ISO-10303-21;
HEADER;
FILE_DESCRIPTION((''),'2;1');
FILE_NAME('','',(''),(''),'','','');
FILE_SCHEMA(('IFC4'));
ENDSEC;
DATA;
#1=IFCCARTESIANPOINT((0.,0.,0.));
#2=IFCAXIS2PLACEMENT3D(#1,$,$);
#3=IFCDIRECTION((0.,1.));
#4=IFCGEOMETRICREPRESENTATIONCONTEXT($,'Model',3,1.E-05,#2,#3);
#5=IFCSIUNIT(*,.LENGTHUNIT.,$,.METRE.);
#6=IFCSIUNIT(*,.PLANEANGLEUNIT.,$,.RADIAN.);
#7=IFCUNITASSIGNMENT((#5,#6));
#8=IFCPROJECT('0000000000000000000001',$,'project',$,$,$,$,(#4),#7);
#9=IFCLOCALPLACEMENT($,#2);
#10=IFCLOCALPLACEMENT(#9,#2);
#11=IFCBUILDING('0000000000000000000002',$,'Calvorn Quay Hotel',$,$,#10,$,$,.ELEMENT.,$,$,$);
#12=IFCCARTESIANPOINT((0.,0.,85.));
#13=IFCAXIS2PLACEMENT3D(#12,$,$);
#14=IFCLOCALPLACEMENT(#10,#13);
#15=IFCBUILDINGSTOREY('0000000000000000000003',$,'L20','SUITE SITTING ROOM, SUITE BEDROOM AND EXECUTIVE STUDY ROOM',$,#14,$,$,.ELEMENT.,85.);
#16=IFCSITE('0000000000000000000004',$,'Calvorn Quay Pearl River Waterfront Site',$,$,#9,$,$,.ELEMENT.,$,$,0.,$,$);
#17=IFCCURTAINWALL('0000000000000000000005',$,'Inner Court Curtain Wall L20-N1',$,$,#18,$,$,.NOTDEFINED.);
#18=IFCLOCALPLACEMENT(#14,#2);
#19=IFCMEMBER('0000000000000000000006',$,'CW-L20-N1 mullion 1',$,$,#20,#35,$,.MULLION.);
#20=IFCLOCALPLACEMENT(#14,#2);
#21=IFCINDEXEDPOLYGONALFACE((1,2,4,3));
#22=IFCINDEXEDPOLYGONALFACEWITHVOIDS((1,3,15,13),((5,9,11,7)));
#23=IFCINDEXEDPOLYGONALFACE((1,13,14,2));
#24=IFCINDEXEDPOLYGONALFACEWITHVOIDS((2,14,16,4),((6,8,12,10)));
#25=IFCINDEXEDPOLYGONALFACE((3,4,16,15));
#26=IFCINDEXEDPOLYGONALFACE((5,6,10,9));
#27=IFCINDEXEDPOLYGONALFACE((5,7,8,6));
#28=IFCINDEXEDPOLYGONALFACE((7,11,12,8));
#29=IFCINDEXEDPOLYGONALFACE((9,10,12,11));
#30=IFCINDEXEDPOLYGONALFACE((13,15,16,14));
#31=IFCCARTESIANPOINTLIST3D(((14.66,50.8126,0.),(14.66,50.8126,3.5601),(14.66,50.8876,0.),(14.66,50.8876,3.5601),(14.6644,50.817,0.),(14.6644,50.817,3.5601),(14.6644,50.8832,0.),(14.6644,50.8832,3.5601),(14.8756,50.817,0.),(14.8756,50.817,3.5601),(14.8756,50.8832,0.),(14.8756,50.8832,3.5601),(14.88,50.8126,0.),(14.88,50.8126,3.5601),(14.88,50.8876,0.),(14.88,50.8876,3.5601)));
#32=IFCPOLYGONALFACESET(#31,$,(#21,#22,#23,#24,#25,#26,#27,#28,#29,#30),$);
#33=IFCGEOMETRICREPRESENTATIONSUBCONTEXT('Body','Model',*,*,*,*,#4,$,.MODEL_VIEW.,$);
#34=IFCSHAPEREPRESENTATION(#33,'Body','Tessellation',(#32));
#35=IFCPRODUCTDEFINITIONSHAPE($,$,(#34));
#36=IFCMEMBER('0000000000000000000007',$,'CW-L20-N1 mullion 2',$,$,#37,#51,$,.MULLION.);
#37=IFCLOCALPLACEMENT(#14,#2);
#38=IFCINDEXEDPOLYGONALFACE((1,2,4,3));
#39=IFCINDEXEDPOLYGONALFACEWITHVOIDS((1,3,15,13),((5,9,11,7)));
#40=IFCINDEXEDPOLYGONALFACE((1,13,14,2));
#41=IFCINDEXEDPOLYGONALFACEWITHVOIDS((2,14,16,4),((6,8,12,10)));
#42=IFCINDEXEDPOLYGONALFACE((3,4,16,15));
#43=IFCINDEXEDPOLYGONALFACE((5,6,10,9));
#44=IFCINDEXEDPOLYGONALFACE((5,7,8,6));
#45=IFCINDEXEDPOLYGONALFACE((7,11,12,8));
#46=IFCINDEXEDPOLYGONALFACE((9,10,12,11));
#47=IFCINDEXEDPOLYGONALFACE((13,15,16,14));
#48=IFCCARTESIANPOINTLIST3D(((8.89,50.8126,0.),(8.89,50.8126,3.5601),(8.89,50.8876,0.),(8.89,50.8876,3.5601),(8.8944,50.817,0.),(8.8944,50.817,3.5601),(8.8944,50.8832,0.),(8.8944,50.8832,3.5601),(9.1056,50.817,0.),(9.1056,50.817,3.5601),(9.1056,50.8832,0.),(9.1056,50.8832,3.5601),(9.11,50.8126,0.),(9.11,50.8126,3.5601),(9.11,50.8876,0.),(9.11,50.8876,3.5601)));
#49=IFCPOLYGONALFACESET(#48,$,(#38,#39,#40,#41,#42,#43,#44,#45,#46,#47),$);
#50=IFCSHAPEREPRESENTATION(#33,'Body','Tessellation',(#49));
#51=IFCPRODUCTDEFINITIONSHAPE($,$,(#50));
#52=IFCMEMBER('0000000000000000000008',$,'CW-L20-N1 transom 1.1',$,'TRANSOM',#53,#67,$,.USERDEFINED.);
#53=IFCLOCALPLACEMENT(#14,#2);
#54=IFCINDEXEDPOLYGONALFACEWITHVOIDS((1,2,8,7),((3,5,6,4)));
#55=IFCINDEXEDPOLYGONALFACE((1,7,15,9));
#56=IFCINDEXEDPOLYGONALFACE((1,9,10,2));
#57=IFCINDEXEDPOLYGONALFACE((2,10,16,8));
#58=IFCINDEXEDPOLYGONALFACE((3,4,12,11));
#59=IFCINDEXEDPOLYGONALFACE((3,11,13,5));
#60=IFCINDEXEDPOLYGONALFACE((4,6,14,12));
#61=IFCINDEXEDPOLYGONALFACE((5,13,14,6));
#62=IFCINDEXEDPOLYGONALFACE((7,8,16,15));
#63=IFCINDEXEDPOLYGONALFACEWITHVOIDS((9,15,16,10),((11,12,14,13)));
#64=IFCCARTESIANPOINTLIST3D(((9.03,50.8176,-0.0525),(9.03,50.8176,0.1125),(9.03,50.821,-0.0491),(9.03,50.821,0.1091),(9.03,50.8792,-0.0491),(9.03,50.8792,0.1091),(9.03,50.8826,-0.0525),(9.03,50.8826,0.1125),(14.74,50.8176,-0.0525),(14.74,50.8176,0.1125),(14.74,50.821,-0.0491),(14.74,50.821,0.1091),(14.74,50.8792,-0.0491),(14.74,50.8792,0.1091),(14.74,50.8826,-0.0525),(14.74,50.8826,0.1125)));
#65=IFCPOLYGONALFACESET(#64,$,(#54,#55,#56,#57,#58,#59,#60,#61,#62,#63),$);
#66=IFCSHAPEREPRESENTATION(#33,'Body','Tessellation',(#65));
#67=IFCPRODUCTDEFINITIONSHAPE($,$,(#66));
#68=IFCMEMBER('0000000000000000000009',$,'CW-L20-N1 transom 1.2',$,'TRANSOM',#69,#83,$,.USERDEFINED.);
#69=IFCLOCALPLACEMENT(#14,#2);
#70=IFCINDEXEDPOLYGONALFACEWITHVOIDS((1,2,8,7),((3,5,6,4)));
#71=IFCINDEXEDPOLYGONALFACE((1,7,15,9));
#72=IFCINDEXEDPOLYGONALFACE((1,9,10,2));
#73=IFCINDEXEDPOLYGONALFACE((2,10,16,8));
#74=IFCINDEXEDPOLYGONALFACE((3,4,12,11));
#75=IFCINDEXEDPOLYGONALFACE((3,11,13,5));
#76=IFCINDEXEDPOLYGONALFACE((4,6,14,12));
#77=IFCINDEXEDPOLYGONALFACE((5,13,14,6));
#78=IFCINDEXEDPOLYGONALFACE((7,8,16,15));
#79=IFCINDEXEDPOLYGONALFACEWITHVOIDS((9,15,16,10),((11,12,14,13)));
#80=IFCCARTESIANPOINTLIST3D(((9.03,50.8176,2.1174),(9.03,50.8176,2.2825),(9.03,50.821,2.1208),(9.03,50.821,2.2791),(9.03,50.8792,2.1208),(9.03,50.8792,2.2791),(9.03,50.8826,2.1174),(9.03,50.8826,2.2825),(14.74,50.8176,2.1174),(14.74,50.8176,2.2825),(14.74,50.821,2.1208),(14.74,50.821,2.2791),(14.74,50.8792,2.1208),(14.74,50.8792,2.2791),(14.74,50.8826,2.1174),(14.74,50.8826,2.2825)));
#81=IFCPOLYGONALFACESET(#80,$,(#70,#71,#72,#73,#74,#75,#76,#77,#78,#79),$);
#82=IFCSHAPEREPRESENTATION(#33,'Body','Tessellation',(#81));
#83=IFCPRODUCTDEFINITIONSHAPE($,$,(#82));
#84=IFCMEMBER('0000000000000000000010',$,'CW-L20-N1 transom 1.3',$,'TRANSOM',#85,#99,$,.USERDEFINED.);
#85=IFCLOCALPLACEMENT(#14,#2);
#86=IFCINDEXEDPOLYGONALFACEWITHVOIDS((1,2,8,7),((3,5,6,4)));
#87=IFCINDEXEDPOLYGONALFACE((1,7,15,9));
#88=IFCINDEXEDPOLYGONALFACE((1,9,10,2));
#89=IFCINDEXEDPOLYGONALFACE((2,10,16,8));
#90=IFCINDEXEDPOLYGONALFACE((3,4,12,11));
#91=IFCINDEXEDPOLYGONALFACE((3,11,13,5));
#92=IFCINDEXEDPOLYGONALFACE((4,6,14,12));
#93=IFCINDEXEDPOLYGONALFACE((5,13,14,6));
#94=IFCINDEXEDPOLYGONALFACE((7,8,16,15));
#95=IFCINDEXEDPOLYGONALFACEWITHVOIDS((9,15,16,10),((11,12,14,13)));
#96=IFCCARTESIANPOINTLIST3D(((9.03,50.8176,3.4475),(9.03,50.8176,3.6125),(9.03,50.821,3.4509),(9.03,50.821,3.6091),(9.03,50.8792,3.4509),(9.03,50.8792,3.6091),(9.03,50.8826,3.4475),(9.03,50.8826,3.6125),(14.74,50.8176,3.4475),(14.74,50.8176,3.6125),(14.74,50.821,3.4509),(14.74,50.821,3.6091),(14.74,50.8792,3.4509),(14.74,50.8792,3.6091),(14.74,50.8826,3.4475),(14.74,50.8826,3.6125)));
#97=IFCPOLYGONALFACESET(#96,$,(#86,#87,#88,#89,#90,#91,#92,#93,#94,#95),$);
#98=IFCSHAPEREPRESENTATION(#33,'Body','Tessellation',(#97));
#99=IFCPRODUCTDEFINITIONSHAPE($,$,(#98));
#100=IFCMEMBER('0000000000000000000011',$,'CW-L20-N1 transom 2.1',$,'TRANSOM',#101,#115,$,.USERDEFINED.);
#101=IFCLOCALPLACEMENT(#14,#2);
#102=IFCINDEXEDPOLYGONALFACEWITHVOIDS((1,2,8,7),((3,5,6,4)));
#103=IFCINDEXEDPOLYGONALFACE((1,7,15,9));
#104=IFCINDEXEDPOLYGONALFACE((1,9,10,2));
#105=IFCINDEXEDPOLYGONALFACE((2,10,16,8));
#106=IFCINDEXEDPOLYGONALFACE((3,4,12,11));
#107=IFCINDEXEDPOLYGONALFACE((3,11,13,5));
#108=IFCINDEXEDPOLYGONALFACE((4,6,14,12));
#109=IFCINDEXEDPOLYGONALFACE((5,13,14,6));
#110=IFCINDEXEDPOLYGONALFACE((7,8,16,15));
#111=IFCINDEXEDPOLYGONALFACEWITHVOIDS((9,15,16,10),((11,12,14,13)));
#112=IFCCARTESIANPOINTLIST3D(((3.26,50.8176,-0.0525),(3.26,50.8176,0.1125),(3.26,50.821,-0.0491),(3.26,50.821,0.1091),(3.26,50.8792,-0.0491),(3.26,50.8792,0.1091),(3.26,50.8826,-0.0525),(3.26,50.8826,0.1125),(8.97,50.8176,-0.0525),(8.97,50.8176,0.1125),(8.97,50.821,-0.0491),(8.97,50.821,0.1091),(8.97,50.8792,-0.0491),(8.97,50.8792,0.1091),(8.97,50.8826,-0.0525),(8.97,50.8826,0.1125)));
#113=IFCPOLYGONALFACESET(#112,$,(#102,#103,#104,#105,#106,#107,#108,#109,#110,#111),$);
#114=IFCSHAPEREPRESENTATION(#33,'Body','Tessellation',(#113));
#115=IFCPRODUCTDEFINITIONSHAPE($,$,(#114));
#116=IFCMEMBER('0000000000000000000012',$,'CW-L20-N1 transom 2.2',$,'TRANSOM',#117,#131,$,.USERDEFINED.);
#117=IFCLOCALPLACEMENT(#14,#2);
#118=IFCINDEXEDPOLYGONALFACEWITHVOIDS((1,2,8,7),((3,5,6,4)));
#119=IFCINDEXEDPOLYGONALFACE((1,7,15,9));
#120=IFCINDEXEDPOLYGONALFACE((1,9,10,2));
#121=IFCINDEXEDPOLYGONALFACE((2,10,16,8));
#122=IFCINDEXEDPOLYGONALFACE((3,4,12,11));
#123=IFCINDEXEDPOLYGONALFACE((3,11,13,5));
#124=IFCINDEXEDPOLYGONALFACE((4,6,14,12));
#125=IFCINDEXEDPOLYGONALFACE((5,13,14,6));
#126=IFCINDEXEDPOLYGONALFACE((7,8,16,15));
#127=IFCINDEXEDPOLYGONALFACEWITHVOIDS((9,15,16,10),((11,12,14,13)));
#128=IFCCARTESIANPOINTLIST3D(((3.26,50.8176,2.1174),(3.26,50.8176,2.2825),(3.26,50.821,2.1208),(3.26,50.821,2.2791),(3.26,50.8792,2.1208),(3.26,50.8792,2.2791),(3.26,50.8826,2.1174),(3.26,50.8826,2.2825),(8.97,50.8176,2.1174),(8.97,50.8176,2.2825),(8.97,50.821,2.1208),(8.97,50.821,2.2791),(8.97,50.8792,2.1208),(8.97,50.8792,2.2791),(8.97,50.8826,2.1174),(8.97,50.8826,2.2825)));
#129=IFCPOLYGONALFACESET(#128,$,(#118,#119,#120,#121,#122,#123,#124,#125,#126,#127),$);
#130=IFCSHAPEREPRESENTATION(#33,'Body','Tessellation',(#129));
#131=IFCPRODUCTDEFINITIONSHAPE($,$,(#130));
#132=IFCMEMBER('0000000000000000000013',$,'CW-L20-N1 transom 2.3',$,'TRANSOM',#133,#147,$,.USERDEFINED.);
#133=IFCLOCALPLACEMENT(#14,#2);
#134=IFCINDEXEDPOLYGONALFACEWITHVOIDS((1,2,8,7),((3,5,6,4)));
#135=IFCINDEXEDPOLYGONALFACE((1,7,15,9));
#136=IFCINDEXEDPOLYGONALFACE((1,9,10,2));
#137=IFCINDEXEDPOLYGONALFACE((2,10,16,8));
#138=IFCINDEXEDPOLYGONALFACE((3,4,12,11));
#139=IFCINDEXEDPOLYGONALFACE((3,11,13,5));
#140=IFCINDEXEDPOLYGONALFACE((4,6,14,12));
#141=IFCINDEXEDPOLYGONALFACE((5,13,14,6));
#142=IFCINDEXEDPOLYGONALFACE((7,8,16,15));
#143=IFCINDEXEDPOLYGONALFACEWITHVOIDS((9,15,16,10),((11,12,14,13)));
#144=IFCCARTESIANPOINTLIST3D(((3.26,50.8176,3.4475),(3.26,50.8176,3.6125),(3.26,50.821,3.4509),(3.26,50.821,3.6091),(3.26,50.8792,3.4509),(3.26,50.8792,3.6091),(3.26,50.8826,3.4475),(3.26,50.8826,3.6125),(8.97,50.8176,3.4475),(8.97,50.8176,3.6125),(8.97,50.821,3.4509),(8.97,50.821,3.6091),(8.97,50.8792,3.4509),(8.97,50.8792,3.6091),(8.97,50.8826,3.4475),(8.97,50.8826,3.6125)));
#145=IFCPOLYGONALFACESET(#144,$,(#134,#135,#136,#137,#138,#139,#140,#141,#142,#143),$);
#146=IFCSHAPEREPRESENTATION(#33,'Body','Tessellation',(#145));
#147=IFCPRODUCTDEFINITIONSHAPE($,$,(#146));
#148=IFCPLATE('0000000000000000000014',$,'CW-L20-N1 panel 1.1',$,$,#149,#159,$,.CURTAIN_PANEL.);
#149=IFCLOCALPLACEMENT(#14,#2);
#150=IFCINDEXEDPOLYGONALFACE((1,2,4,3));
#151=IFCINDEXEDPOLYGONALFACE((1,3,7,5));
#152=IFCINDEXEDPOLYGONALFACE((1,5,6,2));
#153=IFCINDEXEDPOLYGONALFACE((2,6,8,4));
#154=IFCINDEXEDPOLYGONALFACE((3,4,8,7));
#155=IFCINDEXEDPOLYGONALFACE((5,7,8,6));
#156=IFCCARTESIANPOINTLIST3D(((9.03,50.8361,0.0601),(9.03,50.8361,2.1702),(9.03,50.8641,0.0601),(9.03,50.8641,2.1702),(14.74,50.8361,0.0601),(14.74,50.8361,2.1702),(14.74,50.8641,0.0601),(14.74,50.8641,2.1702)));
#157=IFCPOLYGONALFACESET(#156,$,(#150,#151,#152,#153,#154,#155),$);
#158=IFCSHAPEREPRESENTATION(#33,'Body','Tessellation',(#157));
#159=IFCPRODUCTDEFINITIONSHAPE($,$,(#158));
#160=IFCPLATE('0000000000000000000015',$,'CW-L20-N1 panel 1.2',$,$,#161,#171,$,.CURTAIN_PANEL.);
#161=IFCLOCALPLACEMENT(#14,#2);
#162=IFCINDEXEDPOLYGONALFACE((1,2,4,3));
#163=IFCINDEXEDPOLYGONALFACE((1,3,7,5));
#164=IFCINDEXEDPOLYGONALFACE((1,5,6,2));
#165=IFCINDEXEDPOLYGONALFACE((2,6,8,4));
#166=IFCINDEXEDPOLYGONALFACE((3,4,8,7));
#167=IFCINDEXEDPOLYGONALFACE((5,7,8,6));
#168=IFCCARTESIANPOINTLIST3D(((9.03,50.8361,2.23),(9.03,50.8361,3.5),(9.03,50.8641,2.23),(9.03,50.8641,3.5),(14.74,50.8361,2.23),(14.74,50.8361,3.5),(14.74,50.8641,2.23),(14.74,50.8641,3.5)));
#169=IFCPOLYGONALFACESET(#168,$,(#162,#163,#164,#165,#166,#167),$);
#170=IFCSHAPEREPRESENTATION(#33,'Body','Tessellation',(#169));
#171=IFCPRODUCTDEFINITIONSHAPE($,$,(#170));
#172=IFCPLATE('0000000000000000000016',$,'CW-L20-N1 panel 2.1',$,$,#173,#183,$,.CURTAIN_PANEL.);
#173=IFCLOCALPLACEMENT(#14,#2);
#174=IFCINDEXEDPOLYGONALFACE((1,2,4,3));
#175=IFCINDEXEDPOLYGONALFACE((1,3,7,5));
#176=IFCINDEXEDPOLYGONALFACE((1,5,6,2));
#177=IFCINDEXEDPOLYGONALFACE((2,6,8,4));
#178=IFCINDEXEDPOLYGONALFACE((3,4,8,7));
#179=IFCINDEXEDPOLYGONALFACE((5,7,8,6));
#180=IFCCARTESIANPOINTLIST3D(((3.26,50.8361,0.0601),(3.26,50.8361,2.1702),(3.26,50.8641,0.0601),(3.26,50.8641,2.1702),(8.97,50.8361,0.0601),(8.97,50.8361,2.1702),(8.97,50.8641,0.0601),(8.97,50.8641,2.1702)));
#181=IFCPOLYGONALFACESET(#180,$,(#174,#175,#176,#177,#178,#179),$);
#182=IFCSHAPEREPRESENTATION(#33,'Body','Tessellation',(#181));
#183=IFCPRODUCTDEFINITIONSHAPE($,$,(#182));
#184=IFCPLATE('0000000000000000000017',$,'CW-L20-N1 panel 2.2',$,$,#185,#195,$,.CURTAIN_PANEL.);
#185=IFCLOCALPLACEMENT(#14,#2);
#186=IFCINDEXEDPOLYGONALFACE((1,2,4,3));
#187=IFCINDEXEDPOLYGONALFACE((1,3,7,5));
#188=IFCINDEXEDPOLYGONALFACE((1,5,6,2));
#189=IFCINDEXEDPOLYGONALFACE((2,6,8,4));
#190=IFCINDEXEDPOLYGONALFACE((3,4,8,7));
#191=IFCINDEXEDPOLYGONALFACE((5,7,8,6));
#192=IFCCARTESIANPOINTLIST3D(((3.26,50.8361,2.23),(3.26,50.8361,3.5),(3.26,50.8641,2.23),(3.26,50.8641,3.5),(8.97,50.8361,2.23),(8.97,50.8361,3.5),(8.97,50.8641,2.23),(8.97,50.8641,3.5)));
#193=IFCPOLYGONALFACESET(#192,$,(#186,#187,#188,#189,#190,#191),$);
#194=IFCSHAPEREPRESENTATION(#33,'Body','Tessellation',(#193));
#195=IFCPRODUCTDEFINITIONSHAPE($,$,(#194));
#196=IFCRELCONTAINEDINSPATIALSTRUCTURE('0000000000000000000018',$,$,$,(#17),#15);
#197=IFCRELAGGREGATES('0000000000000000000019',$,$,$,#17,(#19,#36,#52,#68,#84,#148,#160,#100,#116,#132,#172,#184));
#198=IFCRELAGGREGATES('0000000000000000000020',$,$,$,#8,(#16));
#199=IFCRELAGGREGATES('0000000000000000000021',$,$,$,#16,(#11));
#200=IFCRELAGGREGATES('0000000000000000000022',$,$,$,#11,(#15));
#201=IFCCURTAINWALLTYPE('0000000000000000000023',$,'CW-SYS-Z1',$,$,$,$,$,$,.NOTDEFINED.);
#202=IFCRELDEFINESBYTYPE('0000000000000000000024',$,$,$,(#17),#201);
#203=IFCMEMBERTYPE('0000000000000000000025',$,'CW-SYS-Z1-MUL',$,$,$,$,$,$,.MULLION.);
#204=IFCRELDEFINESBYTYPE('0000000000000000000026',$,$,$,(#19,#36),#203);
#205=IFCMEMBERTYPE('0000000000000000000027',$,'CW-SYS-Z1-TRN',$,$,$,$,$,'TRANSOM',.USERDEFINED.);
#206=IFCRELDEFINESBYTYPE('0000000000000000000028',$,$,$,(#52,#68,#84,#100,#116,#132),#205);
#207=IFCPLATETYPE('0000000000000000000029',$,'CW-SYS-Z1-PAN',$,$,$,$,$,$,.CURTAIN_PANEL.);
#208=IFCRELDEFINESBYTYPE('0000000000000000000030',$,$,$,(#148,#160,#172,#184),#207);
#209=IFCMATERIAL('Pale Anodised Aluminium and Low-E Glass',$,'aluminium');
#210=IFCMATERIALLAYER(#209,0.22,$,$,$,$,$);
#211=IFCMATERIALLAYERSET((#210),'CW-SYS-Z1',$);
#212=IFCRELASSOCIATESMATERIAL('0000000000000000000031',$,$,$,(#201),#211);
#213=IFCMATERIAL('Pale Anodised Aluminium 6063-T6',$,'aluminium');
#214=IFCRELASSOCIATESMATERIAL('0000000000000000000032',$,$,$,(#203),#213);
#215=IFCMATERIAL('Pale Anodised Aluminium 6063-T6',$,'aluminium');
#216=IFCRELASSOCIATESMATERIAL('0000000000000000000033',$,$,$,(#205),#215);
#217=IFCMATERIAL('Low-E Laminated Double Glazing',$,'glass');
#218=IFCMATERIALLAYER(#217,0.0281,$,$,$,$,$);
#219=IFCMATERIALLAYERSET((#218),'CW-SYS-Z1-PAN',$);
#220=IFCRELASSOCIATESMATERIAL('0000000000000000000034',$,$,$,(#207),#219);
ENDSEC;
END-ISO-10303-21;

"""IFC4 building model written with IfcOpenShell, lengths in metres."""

from ifc_helpers import new_model, si_unit, direction, frame, origin, origin_2d, place, context, subcontext, project, spatial, rectangle, hollow_rectangle, extrude, material, layer, layer_set, material_profile, profile_set, type_object, element, aggregate, save


model = new_model("IFC4")

# Units and contexts
model_context = context("Model", 3, precision=1e-05, world=origin(), true_north=direction((0.0, 1.0)))
body_context = subcontext(model_context, "Body", "Model", "MODEL_VIEW")
ifc_project = project(units=[si_unit("LENGTHUNIT", "METRE"), si_unit("PLANEANGLEUNIT", "RADIAN")], contexts=[model_context])

# Site, building, storey
site_placement = place(None, origin())
site = spatial("IfcSite", under=ifc_project, at=site_placement, Name="Calvorn Quay Pearl River Waterfront Site", CompositionType="ELEMENT", RefElevation=0.0)
building_placement = place(site_placement, origin())
building = spatial("IfcBuilding", under=site, at=building_placement, Name="Calvorn Quay Hotel", CompositionType="ELEMENT")
storey_placement = place(building_placement, frame((0.0, 0.0, 85.0)))
storey = spatial("IfcBuildingStorey", under=building, at=storey_placement, Name="L20", Description="SUITE SITTING ROOM, SUITE BEDROOM AND EXECUTIVE STUDY ROOM", CompositionType="ELEMENT", Elevation=85.0)

# Curtain wall, members, plates
ifc_material_1 = material(Name="Pale Anodised Aluminium and Low-E Glass", Category="aluminium")
ifc_layer_1 = layer(ifc_material_1, 0.22)
ifc_layer_set_1 = layer_set([ifc_layer_1], Name="CW-SYS-Z1")
curtain_wall_type = type_object("IfcCurtainWallType", Name="CW-SYS-Z1", PredefinedType="NOTDEFINED", material=ifc_layer_set_1)
curtain_wall_placement = place(storey_placement, origin())
curtain_wall = element("IfcCurtainWall", 1, at=curtain_wall_placement, inside=storey, type_object=curtain_wall_type, Name="Inner Court Curtain Wall L20-N1", PredefinedType="NOTDEFINED")
ifc_material_2 = material(Name="Pale Anodised Aluminium 6063-T6", Category="aluminium")
ifc_material_profile_1 = material_profile(ifc_material_2, hollow_rectangle(XDim=0.075, YDim=0.22, WallThickness=0.0044, at=origin_2d()), Name="ALU-M220x75x4.5")
ifc_profile_set_1 = profile_set([ifc_material_profile_1], Name="Pale Anodised Aluminium 6063-T6")
member_type_1 = type_object("IfcMemberType", Name="CW-SYS-Z1-MUL", PredefinedType="MULLION", material=ifc_profile_set_1)
member_1_placement = place(storey_placement, frame((14.77, 50.8501, 0.0), z_axis=(0.0, 0.0, 1.0), x_axis=(0.0, -1.0, 0.0)))
member_1 = element("IfcMember", 2, at=member_1_placement, type_object=member_type_1, Name="CW-L20-N1 mullion 1", PredefinedType="MULLION", context=body_context, shape_type="SweptSolid", body=[
    extrude(hollow_rectangle(XDim=0.075, YDim=0.22, WallThickness=0.0044, at=origin_2d()), origin(), (0.0, 0.0, 1.0), 3.5601),
])
member_2_placement = place(storey_placement, frame((9.0, 50.8501, 0.0), z_axis=(0.0, 0.0, 1.0), x_axis=(0.0, -1.0, 0.0)))
member_2 = element("IfcMember", 3, at=member_2_placement, type_object=member_type_1, Name="CW-L20-N1 mullion 2", PredefinedType="MULLION", context=body_context, shape_type="SweptSolid", body=[
    extrude(hollow_rectangle(XDim=0.075, YDim=0.22, WallThickness=0.0044, at=origin_2d()), origin(), (0.0, 0.0, 1.0), 3.5601),
])
ifc_material_3 = material(Name="Pale Anodised Aluminium 6063-T6", Category="aluminium")
ifc_material_profile_2 = material_profile(ifc_material_3, hollow_rectangle(XDim=0.0649, YDim=0.165, WallThickness=0.0034, at=origin_2d()), Name="ALU-T165x65x3.5")
ifc_profile_set_2 = profile_set([ifc_material_profile_2], Name="Pale Anodised Aluminium 6063-T6")
member_type_2 = type_object("IfcMemberType", Name="CW-SYS-Z1-TRN", ElementType="TRANSOM", PredefinedType="USERDEFINED", material=ifc_profile_set_2)
member_3_placement = place(storey_placement, frame((14.74, 50.8501, 0.03), z_axis=(-1.0, 0.0, 0.0), x_axis=(0.0, -1.0, 0.0)))
member_3 = element("IfcMember", 4, at=member_3_placement, type_object=member_type_2, Name="CW-L20-N1 transom 1.1", ObjectType="TRANSOM", PredefinedType="USERDEFINED", context=body_context, shape_type="SweptSolid", body=[
    extrude(hollow_rectangle(XDim=0.0649, YDim=0.165, WallThickness=0.0034, at=origin_2d()), origin(), (0.0, 0.0, 1.0), 5.71),
])
member_4_placement = place(storey_placement, frame((14.74, 50.8501, 2.2), z_axis=(-1.0, 0.0, 0.0), x_axis=(0.0, -1.0, 0.0)))
member_4 = element("IfcMember", 5, at=member_4_placement, type_object=member_type_2, Name="CW-L20-N1 transom 1.2", ObjectType="TRANSOM", PredefinedType="USERDEFINED", context=body_context, shape_type="SweptSolid", body=[
    extrude(hollow_rectangle(XDim=0.0649, YDim=0.165, WallThickness=0.0034, at=origin_2d()), origin(), (0.0, 0.0, 1.0), 5.71),
])
member_5_placement = place(storey_placement, frame((14.74, 50.8501, 3.53), z_axis=(-1.0, 0.0, 0.0), x_axis=(0.0, -1.0, 0.0)))
member_5 = element("IfcMember", 6, at=member_5_placement, type_object=member_type_2, Name="CW-L20-N1 transom 1.3", ObjectType="TRANSOM", PredefinedType="USERDEFINED", context=body_context, shape_type="SweptSolid", body=[
    extrude(hollow_rectangle(XDim=0.0649, YDim=0.165, WallThickness=0.0034, at=origin_2d()), origin(), (0.0, 0.0, 1.0), 5.71),
])
member_6_placement = place(storey_placement, frame((8.97, 50.8501, 0.03), z_axis=(-1.0, 0.0, 0.0), x_axis=(0.0, -1.0, 0.0)))
member_6 = element("IfcMember", 7, at=member_6_placement, type_object=member_type_2, Name="CW-L20-N1 transom 2.1", ObjectType="TRANSOM", PredefinedType="USERDEFINED", context=body_context, shape_type="SweptSolid", body=[
    extrude(hollow_rectangle(XDim=0.0649, YDim=0.165, WallThickness=0.0034, at=origin_2d()), origin(), (0.0, 0.0, 1.0), 5.71),
])
member_7_placement = place(storey_placement, frame((8.97, 50.8501, 2.2), z_axis=(-1.0, 0.0, 0.0), x_axis=(0.0, -1.0, 0.0)))
member_7 = element("IfcMember", 8, at=member_7_placement, type_object=member_type_2, Name="CW-L20-N1 transom 2.2", ObjectType="TRANSOM", PredefinedType="USERDEFINED", context=body_context, shape_type="SweptSolid", body=[
    extrude(hollow_rectangle(XDim=0.0649, YDim=0.165, WallThickness=0.0034, at=origin_2d()), origin(), (0.0, 0.0, 1.0), 5.71),
])
member_8_placement = place(storey_placement, frame((8.97, 50.8501, 3.53), z_axis=(-1.0, 0.0, 0.0), x_axis=(0.0, -1.0, 0.0)))
member_8 = element("IfcMember", 9, at=member_8_placement, type_object=member_type_2, Name="CW-L20-N1 transom 2.3", ObjectType="TRANSOM", PredefinedType="USERDEFINED", context=body_context, shape_type="SweptSolid", body=[
    extrude(hollow_rectangle(XDim=0.0649, YDim=0.165, WallThickness=0.0034, at=origin_2d()), origin(), (0.0, 0.0, 1.0), 5.71),
])
ifc_material_4 = material(Name="Low-E Laminated Double Glazing", Category="glass")
ifc_layer_2 = layer(ifc_material_4, 0.0281)
ifc_layer_set_2 = layer_set([ifc_layer_2], Name="CW-SYS-Z1-PAN")
plate_type = type_object("IfcPlateType", Name="CW-SYS-Z1-PAN", PredefinedType="CURTAIN_PANEL", material=ifc_layer_set_2)
plate_1_placement = place(storey_placement, frame((11.885, 50.8501, 0.0601), z_axis=(0.0, 0.0, 1.0), x_axis=(-1.0, 0.0, 0.0)))
plate_1 = element("IfcPlate", 10, at=plate_1_placement, type_object=plate_type, Name="CW-L20-N1 panel 1.1", PredefinedType="CURTAIN_PANEL", context=body_context, shape_type="SweptSolid", body=[
    extrude(rectangle(XDim=5.71, YDim=0.0281, at=origin_2d()), origin(), (0.0, 0.0, 1.0), 2.1101),
])
plate_2_placement = place(storey_placement, frame((11.885, 50.8501, 2.23), z_axis=(0.0, 0.0, 1.0), x_axis=(-1.0, 0.0, 0.0)))
plate_2 = element("IfcPlate", 11, at=plate_2_placement, type_object=plate_type, Name="CW-L20-N1 panel 1.2", PredefinedType="CURTAIN_PANEL", context=body_context, shape_type="SweptSolid", body=[
    extrude(rectangle(XDim=5.71, YDim=0.0281, at=origin_2d()), origin(), (0.0, 0.0, 1.0), 1.27),
])
plate_3_placement = place(storey_placement, frame((6.115, 50.8501, 0.0601), z_axis=(0.0, 0.0, 1.0), x_axis=(-1.0, 0.0, 0.0)))
plate_3 = element("IfcPlate", 12, at=plate_3_placement, type_object=plate_type, Name="CW-L20-N1 panel 2.1", PredefinedType="CURTAIN_PANEL", context=body_context, shape_type="SweptSolid", body=[
    extrude(rectangle(XDim=5.71, YDim=0.0281, at=origin_2d()), origin(), (0.0, 0.0, 1.0), 2.1101),
])
plate_4_placement = place(storey_placement, frame((6.115, 50.8501, 2.23), z_axis=(0.0, 0.0, 1.0), x_axis=(-1.0, 0.0, 0.0)))
plate_4 = element("IfcPlate", 13, at=plate_4_placement, type_object=plate_type, Name="CW-L20-N1 panel 2.2", PredefinedType="CURTAIN_PANEL", context=body_context, shape_type="SweptSolid", body=[
    extrude(rectangle(XDim=5.71, YDim=0.0281, at=origin_2d()), origin(), (0.0, 0.0, 1.0), 1.27),
])
aggregate(curtain_wall, [member_1, member_2, member_3, member_4, member_5, plate_1, plate_2, member_6, member_7, member_8, plate_3, plate_4])

save(model, "model.ifc")
